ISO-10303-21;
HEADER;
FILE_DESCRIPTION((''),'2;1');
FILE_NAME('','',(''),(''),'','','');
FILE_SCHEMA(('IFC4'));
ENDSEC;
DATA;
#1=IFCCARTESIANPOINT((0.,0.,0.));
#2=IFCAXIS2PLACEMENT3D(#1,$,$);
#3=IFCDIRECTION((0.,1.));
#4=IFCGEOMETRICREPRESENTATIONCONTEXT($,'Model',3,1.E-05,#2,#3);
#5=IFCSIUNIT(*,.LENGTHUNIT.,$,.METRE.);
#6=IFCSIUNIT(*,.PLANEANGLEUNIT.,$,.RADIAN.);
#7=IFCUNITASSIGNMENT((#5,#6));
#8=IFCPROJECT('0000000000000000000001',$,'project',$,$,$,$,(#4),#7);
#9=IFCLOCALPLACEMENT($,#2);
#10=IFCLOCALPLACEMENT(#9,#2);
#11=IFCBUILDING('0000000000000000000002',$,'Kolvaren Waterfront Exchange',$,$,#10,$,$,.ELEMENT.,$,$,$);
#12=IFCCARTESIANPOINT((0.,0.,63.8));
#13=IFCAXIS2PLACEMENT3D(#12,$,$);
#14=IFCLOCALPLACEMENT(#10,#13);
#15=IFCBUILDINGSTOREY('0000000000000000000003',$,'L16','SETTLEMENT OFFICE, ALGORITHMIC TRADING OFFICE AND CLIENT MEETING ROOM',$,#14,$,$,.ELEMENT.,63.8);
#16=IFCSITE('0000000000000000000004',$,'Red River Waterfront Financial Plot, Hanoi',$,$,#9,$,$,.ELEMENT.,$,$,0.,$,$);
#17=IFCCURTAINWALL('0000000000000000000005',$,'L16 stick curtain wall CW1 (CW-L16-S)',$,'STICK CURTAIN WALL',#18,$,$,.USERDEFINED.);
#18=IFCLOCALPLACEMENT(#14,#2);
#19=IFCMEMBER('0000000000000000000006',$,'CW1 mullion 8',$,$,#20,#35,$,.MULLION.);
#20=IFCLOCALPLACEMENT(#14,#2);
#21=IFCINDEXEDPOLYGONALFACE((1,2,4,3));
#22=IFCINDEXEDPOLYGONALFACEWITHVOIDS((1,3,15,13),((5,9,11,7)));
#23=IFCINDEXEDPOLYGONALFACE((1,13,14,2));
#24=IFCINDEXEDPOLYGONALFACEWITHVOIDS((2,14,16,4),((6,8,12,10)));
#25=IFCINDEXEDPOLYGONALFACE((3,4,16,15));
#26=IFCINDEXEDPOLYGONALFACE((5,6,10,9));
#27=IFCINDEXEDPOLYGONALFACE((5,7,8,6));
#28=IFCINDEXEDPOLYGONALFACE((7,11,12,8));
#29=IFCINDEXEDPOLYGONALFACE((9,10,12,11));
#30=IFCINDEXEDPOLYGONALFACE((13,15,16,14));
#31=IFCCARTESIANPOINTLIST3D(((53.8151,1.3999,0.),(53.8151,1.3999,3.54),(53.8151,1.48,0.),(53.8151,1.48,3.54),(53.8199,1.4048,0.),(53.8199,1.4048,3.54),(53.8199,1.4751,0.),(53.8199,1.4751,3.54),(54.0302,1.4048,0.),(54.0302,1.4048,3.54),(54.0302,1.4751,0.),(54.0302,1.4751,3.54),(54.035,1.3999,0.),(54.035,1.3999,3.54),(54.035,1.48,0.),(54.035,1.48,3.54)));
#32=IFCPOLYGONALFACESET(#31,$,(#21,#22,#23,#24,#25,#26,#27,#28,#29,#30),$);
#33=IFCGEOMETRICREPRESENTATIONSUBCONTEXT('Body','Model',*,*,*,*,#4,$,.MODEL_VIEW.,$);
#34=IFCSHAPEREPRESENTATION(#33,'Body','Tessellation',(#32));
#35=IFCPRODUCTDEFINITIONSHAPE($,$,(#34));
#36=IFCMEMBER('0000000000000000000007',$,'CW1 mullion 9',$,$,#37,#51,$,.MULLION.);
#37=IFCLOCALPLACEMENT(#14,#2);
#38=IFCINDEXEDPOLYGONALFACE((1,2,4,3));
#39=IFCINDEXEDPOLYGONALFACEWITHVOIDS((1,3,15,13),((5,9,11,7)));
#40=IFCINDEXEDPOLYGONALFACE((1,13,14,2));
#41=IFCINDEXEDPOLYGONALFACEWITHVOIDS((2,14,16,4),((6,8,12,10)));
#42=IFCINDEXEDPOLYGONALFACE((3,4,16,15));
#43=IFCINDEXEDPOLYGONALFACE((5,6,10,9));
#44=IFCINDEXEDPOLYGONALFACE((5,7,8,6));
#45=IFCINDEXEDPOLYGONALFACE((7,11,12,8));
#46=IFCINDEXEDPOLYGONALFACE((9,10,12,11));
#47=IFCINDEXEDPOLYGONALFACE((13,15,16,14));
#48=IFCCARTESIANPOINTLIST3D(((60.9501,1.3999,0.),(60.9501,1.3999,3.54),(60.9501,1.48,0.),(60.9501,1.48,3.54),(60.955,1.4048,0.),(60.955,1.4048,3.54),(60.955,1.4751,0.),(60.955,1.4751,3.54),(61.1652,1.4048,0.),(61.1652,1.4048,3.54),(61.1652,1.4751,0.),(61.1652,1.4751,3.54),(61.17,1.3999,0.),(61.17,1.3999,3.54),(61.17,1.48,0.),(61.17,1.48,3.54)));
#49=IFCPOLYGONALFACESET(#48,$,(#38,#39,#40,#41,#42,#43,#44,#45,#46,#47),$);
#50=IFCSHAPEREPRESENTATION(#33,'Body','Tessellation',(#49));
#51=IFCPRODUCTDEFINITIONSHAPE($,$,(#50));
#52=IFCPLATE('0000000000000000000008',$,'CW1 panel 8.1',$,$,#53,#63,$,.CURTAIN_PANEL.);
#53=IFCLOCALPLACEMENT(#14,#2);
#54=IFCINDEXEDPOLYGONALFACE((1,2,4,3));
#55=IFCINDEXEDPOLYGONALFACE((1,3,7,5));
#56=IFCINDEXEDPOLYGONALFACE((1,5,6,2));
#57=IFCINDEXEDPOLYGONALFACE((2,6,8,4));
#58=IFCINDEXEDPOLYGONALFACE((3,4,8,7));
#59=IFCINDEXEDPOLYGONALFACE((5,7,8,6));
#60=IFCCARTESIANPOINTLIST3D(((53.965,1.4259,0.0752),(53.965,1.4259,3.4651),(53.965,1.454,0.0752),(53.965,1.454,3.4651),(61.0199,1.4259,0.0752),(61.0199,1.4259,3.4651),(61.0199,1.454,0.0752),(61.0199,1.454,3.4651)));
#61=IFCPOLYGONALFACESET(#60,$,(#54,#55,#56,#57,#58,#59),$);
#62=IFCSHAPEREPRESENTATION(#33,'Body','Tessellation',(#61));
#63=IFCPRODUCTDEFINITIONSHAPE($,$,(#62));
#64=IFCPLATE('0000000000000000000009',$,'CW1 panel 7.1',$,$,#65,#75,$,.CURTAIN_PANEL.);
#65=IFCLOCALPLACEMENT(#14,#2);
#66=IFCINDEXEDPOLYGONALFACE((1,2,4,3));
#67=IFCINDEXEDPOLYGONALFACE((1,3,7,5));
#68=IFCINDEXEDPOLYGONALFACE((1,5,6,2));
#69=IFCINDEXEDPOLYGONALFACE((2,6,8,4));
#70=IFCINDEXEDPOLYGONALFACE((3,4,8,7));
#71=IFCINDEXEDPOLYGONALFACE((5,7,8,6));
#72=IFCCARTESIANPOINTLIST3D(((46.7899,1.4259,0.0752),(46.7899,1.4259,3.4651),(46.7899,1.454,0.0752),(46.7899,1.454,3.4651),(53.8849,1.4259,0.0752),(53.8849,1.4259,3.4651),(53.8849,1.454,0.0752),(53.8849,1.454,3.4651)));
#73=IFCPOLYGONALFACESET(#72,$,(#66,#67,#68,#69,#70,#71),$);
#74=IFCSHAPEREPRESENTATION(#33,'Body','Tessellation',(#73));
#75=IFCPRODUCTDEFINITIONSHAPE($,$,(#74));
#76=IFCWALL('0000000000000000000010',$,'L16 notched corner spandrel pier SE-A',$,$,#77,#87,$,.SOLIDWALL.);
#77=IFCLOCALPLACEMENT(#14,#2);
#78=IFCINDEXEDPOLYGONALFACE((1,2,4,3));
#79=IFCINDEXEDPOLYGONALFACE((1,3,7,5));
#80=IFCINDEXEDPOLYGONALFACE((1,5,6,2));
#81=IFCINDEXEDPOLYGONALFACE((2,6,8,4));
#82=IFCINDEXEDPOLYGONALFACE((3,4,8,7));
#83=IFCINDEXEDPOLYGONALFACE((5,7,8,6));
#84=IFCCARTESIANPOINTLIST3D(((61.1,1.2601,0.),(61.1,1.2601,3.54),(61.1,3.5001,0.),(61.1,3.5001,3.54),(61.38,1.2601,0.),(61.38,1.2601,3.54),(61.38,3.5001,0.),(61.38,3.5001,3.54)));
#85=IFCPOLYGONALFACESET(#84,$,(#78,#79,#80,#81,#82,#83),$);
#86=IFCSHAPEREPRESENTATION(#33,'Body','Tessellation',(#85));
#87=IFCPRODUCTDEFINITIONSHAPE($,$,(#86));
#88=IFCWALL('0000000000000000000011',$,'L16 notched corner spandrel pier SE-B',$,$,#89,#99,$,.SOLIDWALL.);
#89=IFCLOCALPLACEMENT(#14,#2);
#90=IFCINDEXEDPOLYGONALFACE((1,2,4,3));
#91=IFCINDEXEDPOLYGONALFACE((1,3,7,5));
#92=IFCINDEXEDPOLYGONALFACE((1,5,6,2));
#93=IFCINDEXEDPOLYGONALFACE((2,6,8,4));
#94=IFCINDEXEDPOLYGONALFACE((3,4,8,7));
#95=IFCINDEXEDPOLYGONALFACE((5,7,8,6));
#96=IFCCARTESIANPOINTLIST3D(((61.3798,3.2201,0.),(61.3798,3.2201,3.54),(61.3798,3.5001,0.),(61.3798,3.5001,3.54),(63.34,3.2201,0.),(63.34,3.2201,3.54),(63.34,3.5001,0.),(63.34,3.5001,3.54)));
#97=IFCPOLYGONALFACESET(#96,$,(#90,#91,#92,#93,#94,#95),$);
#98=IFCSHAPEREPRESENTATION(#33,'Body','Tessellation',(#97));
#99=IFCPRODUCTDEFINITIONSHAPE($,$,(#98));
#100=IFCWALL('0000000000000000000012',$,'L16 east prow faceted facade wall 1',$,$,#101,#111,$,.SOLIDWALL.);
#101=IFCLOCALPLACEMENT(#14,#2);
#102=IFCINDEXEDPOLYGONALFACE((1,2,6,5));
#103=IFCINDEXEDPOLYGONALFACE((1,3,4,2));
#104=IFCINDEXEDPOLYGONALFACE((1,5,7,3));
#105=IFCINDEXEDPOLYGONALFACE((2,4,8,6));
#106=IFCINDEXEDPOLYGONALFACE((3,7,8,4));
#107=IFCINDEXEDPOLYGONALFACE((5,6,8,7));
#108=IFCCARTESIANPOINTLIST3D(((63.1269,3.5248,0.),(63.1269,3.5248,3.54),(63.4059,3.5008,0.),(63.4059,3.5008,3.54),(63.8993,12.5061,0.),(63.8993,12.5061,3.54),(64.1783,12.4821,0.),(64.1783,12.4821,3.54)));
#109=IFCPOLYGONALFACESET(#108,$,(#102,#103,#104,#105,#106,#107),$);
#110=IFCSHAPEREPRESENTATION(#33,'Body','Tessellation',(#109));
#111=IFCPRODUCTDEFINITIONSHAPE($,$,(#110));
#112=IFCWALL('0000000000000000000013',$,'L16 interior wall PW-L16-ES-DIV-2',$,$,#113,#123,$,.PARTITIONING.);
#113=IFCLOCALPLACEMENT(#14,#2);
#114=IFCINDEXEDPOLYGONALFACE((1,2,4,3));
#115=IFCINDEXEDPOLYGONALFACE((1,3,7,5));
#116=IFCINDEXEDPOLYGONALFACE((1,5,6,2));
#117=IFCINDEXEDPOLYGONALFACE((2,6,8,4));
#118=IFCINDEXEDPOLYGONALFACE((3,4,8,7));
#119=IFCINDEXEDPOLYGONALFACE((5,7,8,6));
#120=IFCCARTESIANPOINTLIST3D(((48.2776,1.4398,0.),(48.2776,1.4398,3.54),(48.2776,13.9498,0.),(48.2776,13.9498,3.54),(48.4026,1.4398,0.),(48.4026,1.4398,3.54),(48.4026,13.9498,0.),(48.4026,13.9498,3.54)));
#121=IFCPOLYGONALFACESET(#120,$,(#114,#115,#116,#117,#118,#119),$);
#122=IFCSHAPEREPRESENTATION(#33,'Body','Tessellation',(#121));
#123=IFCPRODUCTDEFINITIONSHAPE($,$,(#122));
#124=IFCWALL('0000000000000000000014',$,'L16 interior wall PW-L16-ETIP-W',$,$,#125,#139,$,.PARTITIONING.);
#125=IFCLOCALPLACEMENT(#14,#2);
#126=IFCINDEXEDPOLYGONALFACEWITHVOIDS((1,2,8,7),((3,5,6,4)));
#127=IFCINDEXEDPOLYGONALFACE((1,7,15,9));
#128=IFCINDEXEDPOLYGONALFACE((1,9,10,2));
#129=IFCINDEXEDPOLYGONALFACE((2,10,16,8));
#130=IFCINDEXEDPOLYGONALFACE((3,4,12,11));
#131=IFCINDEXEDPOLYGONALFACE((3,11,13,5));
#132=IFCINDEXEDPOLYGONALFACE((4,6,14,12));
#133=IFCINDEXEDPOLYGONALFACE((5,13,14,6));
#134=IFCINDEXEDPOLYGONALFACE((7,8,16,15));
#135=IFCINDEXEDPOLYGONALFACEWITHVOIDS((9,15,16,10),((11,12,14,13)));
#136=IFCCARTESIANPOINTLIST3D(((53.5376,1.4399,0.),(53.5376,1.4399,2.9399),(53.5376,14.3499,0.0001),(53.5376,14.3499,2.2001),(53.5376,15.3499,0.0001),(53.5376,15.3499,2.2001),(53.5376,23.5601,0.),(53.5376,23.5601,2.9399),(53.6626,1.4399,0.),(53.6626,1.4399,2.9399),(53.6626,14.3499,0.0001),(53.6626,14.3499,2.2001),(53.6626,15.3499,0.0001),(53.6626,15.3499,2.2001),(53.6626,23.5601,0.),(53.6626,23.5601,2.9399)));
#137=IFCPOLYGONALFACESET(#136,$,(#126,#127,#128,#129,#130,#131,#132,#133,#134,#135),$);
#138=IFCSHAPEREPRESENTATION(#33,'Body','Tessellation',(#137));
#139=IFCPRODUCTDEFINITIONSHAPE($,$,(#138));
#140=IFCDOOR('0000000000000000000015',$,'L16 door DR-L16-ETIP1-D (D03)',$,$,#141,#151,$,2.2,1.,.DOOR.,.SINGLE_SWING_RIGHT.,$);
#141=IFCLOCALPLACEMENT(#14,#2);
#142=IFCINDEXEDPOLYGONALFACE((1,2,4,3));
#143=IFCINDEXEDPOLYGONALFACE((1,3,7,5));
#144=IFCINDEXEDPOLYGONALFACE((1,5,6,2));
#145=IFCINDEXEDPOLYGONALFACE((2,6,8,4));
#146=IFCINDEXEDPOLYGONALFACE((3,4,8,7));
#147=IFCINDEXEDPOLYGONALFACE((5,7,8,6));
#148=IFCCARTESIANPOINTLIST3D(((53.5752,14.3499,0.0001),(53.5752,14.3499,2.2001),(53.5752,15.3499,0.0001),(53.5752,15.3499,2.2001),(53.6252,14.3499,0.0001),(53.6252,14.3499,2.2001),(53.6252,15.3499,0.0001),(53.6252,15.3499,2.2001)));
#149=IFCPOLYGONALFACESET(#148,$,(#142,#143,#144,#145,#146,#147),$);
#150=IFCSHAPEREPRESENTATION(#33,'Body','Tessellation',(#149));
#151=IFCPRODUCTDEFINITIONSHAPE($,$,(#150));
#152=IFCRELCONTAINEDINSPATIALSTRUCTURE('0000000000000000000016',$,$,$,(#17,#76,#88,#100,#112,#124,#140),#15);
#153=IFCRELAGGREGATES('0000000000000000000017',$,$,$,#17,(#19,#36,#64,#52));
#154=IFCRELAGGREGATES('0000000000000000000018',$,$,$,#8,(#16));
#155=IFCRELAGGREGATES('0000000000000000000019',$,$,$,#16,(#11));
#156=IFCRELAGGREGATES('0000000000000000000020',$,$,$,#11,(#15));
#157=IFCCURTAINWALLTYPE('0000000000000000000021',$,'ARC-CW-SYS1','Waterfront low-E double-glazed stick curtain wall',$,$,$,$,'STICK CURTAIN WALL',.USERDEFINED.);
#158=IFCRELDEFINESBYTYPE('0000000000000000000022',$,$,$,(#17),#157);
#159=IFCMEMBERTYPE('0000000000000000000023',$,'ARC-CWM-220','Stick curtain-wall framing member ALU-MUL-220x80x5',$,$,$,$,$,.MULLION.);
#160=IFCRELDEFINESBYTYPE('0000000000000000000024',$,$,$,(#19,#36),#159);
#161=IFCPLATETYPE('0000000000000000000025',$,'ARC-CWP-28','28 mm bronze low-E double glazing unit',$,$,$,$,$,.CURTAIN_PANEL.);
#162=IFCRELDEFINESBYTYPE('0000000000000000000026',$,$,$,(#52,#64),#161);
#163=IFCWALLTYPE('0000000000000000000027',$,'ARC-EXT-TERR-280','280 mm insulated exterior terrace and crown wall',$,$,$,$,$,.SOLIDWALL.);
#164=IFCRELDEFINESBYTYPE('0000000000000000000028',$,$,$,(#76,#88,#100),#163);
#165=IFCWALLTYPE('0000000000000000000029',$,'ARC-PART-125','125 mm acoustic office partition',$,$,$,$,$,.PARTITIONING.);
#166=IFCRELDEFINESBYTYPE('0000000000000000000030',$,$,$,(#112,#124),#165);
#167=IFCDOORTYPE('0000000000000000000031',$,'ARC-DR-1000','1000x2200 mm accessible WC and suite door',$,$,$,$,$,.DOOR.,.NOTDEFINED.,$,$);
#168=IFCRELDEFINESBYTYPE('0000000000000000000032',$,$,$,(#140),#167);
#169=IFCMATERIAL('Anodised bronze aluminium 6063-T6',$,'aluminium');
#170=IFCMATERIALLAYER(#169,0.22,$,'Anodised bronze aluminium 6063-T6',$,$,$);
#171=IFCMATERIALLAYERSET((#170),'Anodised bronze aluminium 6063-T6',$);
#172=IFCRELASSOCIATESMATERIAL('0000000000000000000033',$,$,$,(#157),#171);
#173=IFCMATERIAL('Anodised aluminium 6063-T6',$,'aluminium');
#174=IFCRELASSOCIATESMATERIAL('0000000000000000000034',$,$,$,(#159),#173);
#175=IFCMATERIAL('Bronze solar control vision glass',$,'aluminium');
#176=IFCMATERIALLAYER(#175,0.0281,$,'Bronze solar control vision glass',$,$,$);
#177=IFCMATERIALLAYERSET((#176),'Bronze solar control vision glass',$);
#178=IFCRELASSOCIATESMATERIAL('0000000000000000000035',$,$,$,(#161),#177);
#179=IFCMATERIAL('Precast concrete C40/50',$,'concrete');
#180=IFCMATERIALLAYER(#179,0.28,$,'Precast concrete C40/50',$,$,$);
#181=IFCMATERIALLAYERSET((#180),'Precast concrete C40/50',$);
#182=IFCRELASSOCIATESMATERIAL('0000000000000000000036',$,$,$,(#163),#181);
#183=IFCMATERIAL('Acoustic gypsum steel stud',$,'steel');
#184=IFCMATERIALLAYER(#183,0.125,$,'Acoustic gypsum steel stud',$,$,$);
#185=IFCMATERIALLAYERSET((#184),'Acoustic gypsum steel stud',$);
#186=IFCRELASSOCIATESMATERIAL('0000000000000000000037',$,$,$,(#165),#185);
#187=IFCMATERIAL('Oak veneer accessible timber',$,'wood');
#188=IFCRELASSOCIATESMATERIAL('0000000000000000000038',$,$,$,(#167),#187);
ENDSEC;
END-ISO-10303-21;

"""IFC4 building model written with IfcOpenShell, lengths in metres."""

from ifc_helpers import new_model, si_unit, direction, frame, frame_2d, origin, origin_with_axes, origin_2d, place, context, subcontext, project, spatial, rectangle, hollow_rectangle, extrude, source, transform, mapped, material, layer, layer_set, material_profile, profile_set, type_object, element, fill, aggregate, save


model = new_model("IFC4")

# Units and contexts
model_context = context("Model", 3, precision=1e-05, world=origin(), true_north=direction((0.0, 1.0)))
body_context = subcontext(model_context, "Body", "Model", "MODEL_VIEW")
ifc_project = project(units=[si_unit("LENGTHUNIT", "METRE"), si_unit("PLANEANGLEUNIT", "RADIAN")], contexts=[model_context])

# Site, building, storey
site_placement = place(None, origin())
site = spatial("IfcSite", under=ifc_project, at=site_placement, Name="Red River Waterfront Financial Plot, Hanoi", CompositionType="ELEMENT", RefElevation=0.0)
building_placement = place(site_placement, origin())
building = spatial("IfcBuilding", under=site, at=building_placement, Name="Kolvaren Waterfront Exchange", CompositionType="ELEMENT")
storey_placement = place(building_placement, frame((0.0, 0.0, 63.8)))
storey = spatial("IfcBuildingStorey", under=building, at=storey_placement, Name="L16", Description="SETTLEMENT OFFICE, ALGORITHMIC TRADING OFFICE AND CLIENT MEETING ROOM", CompositionType="ELEMENT", Elevation=63.8)

# Curtain wall, members, plates
ifc_material_1 = material(Name="Anodised bronze aluminium 6063-T6", Category="aluminium")
ifc_layer_1 = layer(ifc_material_1, 0.22, Name="Anodised bronze aluminium 6063-T6")
ifc_layer_set_1 = layer_set([ifc_layer_1], Name="Anodised bronze aluminium 6063-T6")
curtain_wall_type = type_object("IfcCurtainWallType", Name="ARC-CW-SYS1", Description="Waterfront low-E double-glazed stick curtain wall", ElementType="STICK CURTAIN WALL", PredefinedType="USERDEFINED", material=ifc_layer_set_1)
curtain_wall_placement = place(storey_placement, origin())
curtain_wall = element("IfcCurtainWall", 1, at=curtain_wall_placement, inside=storey, type_object=curtain_wall_type, Name="L16 stick curtain wall CW1 (CW-L16-S)", ObjectType="STICK CURTAIN WALL", PredefinedType="USERDEFINED")
ifc_material_2 = material(Name="Anodised aluminium 6063-T6", Category="aluminium")
ifc_material_profile_1 = material_profile(ifc_material_2, hollow_rectangle(XDim=0.0801, YDim=0.22, WallThickness=0.0049, at=origin_2d()), Name="ALU-MUL-220x80x5")
ifc_profile_set_1 = profile_set([ifc_material_profile_1], Name="Anodised aluminium 6063-T6")
member_type_1 = type_object("IfcMemberType", Name="ARC-CWM-220", Description="Stick curtain-wall framing member ALU-MUL-220x80x5", PredefinedType="MULLION", material=ifc_profile_set_1)
shared_shape_1 = source(origin_with_axes(), body_context, "Body", "SweptSolid", [
    extrude(hollow_rectangle(XDim=0.0801, YDim=0.22, WallThickness=0.0049, at=origin_2d()), origin(), (0.0, 0.0, 1.0), 3.54),
])
member_1_placement = place(storey_placement, frame((53.925, 1.4399, 0.0), z_axis=(0.0, 0.0, 1.0), x_axis=(0.0, 1.0, 0.0)))
member_1 = element("IfcMember", 2, at=member_1_placement, type_object=member_type_1, Name="CW1 mullion 8", PredefinedType="MULLION", context=body_context, shape_type="MappedRepresentation", body=[
    mapped(shared_shape_1, transform((0.0, 0.0, 0.0), x_axis=(1.0, 0.0, 0.0), y_axis=(0.0, 1.0, 0.0), z_axis=(0.0, 0.0, 1.0), scale=1.0)),
])
member_2_placement = place(storey_placement, frame((61.0601, 1.4399, 0.0), z_axis=(0.0, 0.0, 1.0), x_axis=(0.0, 1.0, 0.0)))
member_2 = element("IfcMember", 3, at=member_2_placement, type_object=member_type_1, Name="CW1 mullion 9", PredefinedType="MULLION", context=body_context, shape_type="MappedRepresentation", body=[
    mapped(shared_shape_1, transform((0.0, 0.0, 0.0), x_axis=(1.0, 0.0, 0.0), y_axis=(0.0, 1.0, 0.0), z_axis=(0.0, 0.0, 1.0), scale=1.0)),
])
ifc_material_3 = material(Name="Bronze solar control vision glass", Category="aluminium")
ifc_layer_2 = layer(ifc_material_3, 0.0281, Name="Bronze solar control vision glass")
ifc_layer_set_2 = layer_set([ifc_layer_2], Name="Bronze solar control vision glass")
plate_type = type_object("IfcPlateType", Name="ARC-CWP-28", Description="28 mm bronze low-E double glazing unit", PredefinedType="CURTAIN_PANEL", material=ifc_layer_set_2)
shared_shape_2 = source(origin_with_axes(), body_context, "Body", "SweptSolid", [
    extrude(rectangle(XDim=7.0549, YDim=0.0281, at=origin_2d()), origin(), (0.0, 0.0, 1.0), 3.3899),
])
plate_1_placement = place(storey_placement, frame((57.4924, 1.4399, 0.0752), z_axis=(0.0, 0.0, 1.0), x_axis=(1.0, 0.0, 0.0)))
plate_1 = element("IfcPlate", 4, at=plate_1_placement, type_object=plate_type, Name="CW1 panel 8.1", PredefinedType="CURTAIN_PANEL", context=body_context, shape_type="MappedRepresentation", body=[
    mapped(shared_shape_2, transform((0.0, 0.0, 0.0), x_axis=(1.0, 0.0, 0.0), y_axis=(0.0, 1.0, 0.0), z_axis=(0.0, 0.0, 1.0), scale=1.0)),
])
shared_shape_3 = source(origin_with_axes(), body_context, "Body", "SweptSolid", [
    extrude(rectangle(XDim=7.095, YDim=0.0281, at=origin_2d()), origin(), (0.0, 0.0, 1.0), 3.3899),
])
plate_2_placement = place(storey_placement, frame((50.3374, 1.4399, 0.0752), z_axis=(0.0, 0.0, 1.0), x_axis=(1.0, 0.0, 0.0)))
plate_2 = element("IfcPlate", 5, at=plate_2_placement, type_object=plate_type, Name="CW1 panel 7.1", PredefinedType="CURTAIN_PANEL", context=body_context, shape_type="MappedRepresentation", body=[
    mapped(shared_shape_3, transform((0.0, 0.0, 0.0), x_axis=(1.0, 0.0, 0.0), y_axis=(0.0, 1.0, 0.0), z_axis=(0.0, 0.0, 1.0), scale=1.0)),
])
aggregate(curtain_wall, [member_1, member_2, plate_2, plate_1])

# Walls
ifc_material_4 = material(Name="Precast concrete C40/50", Category="concrete")
ifc_layer_3 = layer(ifc_material_4, 0.28, Name="Precast concrete C40/50")
ifc_layer_set_3 = layer_set([ifc_layer_3], Name="Precast concrete C40/50")
wall_type_1 = type_object("IfcWallType", Name="ARC-EXT-TERR-280", Description="280 mm insulated exterior terrace and crown wall", PredefinedType="SOLIDWALL", material=ifc_layer_set_3)
wall_1_placement = place(storey_placement, frame((61.24, 1.26, 0.0), z_axis=(0.0, 0.0, 1.0), x_axis=(0.0, 1.0, 0.0)))
element("IfcWall", 6, at=wall_1_placement, inside=storey, type_object=wall_type_1, Name="L16 notched corner spandrel pier SE-A", PredefinedType="SOLIDWALL", context=body_context, shape_type="SweptSolid", body=[
    extrude(rectangle(XDim=2.24, YDim=0.28, at=frame_2d((1.1201, 0.0))), origin(), (0.0, 0.0, 1.0), 3.54),
])
wall_2_placement = place(storey_placement, frame((61.3799, 3.3601, 0.0), z_axis=(0.0, 0.0, 1.0), x_axis=(1.0, 0.0, 0.0)))
element("IfcWall", 7, at=wall_2_placement, inside=storey, type_object=wall_type_1, Name="L16 notched corner spandrel pier SE-B", PredefinedType="SOLIDWALL", context=body_context, shape_type="SweptSolid", body=[
    extrude(rectangle(XDim=1.9602, YDim=0.28, at=frame_2d((0.98, 0.0))), origin(), (0.0, 0.0, 1.0), 3.54),
])
wall_3_placement = place(storey_placement, frame((63.2664, 3.5127, 0.0), z_axis=(0.0, 0.0, 1.0), x_axis=(0.085692, 0.996322, 0.0)))
element("IfcWall", 8, at=wall_3_placement, inside=storey, type_object=wall_type_1, Name="L16 east prow faceted facade wall 1", PredefinedType="SOLIDWALL", context=body_context, shape_type="SweptSolid", body=[
    extrude(rectangle(XDim=9.0144, YDim=0.28, at=frame_2d((4.5073, 0.0))), origin(), (0.0, 0.0, 1.0), 3.54),
])
ifc_material_5 = material(Name="Acoustic gypsum steel stud", Category="steel")
ifc_layer_4 = layer(ifc_material_5, 0.125, Name="Acoustic gypsum steel stud")
ifc_layer_set_4 = layer_set([ifc_layer_4], Name="Acoustic gypsum steel stud")
wall_type_2 = type_object("IfcWallType", Name="ARC-PART-125", Description="125 mm acoustic office partition", PredefinedType="PARTITIONING", material=ifc_layer_set_4)
wall_4_placement = place(storey_placement, frame((48.3401, 1.4399, 0.0), z_axis=(0.0, 0.0, 1.0), x_axis=(0.0, 1.0, 0.0)))
element("IfcWall", 9, at=wall_4_placement, inside=storey, type_object=wall_type_2, Name="L16 interior wall PW-L16-ES-DIV-2", PredefinedType="PARTITIONING", context=body_context, shape_type="SweptSolid", body=[
    extrude(rectangle(XDim=12.51, YDim=0.125, at=frame_2d((6.2549, 0.0))), origin(), (0.0, 0.0, 1.0), 3.54),
])

# Wall, opening, door
wall_5_placement = place(storey_placement, frame((53.6001, 1.4399, 0.0), z_axis=(0.0, 0.0, 1.0), x_axis=(0.0, 1.0, 0.0)))
wall_5 = element("IfcWall", 10, at=wall_5_placement, inside=storey, type_object=wall_type_2, Name="L16 interior wall PW-L16-ETIP-W", PredefinedType="PARTITIONING", context=body_context, shape_type="SweptSolid", body=[
    extrude(rectangle(XDim=22.1201, YDim=0.125, at=frame_2d((11.0601, 0.0))), origin(), (0.0, 0.0, 1.0), 2.9399),
])
opening_placement = place(wall_5_placement, frame((12.9099, 0.0, 0.0)))
opening = element("IfcOpeningElement", 11, at=opening_placement, cuts=wall_5, PredefinedType="OPENING", context=body_context, shape_type="SweptSolid", body=[
    extrude(rectangle(XDim=1.0, YDim=2.2, at=frame_2d((0.5, 1.1001))), frame((0.0, 0.0725, 0.0), z_axis=(0.0, -1.0, 0.0), x_axis=(1.0, 0.0, 0.0)), (0.0, 0.0, 1.0), 0.145),
])
ifc_material_6 = material(Name="Oak veneer accessible timber", Category="wood")
door_type = type_object("IfcDoorType", Name="ARC-DR-1000", Description="1000x2200 mm accessible WC and suite door", OperationType="NOTDEFINED", PredefinedType="DOOR", material=ifc_material_6)
door_placement = place(opening_placement, origin())
door = element("IfcDoor", 12, at=door_placement, inside=storey, type_object=door_type, Name="L16 door DR-L16-ETIP1-D (D03)", OperationType="SINGLE_SWING_RIGHT", OverallHeight=2.2, OverallWidth=1.0, PredefinedType="DOOR", context=body_context, shape_type="SweptSolid", body=[
    extrude(rectangle(XDim=1.0, YDim=2.2, at=frame_2d((0.5, 1.1001))), frame((0.0, 0.0249, 0.0), z_axis=(0.0, -1.0, 0.0), x_axis=(1.0, 0.0, 0.0)), (0.0, 0.0, 1.0), 0.05),
])
fill(opening, door)

save(model, "model.ifc")
